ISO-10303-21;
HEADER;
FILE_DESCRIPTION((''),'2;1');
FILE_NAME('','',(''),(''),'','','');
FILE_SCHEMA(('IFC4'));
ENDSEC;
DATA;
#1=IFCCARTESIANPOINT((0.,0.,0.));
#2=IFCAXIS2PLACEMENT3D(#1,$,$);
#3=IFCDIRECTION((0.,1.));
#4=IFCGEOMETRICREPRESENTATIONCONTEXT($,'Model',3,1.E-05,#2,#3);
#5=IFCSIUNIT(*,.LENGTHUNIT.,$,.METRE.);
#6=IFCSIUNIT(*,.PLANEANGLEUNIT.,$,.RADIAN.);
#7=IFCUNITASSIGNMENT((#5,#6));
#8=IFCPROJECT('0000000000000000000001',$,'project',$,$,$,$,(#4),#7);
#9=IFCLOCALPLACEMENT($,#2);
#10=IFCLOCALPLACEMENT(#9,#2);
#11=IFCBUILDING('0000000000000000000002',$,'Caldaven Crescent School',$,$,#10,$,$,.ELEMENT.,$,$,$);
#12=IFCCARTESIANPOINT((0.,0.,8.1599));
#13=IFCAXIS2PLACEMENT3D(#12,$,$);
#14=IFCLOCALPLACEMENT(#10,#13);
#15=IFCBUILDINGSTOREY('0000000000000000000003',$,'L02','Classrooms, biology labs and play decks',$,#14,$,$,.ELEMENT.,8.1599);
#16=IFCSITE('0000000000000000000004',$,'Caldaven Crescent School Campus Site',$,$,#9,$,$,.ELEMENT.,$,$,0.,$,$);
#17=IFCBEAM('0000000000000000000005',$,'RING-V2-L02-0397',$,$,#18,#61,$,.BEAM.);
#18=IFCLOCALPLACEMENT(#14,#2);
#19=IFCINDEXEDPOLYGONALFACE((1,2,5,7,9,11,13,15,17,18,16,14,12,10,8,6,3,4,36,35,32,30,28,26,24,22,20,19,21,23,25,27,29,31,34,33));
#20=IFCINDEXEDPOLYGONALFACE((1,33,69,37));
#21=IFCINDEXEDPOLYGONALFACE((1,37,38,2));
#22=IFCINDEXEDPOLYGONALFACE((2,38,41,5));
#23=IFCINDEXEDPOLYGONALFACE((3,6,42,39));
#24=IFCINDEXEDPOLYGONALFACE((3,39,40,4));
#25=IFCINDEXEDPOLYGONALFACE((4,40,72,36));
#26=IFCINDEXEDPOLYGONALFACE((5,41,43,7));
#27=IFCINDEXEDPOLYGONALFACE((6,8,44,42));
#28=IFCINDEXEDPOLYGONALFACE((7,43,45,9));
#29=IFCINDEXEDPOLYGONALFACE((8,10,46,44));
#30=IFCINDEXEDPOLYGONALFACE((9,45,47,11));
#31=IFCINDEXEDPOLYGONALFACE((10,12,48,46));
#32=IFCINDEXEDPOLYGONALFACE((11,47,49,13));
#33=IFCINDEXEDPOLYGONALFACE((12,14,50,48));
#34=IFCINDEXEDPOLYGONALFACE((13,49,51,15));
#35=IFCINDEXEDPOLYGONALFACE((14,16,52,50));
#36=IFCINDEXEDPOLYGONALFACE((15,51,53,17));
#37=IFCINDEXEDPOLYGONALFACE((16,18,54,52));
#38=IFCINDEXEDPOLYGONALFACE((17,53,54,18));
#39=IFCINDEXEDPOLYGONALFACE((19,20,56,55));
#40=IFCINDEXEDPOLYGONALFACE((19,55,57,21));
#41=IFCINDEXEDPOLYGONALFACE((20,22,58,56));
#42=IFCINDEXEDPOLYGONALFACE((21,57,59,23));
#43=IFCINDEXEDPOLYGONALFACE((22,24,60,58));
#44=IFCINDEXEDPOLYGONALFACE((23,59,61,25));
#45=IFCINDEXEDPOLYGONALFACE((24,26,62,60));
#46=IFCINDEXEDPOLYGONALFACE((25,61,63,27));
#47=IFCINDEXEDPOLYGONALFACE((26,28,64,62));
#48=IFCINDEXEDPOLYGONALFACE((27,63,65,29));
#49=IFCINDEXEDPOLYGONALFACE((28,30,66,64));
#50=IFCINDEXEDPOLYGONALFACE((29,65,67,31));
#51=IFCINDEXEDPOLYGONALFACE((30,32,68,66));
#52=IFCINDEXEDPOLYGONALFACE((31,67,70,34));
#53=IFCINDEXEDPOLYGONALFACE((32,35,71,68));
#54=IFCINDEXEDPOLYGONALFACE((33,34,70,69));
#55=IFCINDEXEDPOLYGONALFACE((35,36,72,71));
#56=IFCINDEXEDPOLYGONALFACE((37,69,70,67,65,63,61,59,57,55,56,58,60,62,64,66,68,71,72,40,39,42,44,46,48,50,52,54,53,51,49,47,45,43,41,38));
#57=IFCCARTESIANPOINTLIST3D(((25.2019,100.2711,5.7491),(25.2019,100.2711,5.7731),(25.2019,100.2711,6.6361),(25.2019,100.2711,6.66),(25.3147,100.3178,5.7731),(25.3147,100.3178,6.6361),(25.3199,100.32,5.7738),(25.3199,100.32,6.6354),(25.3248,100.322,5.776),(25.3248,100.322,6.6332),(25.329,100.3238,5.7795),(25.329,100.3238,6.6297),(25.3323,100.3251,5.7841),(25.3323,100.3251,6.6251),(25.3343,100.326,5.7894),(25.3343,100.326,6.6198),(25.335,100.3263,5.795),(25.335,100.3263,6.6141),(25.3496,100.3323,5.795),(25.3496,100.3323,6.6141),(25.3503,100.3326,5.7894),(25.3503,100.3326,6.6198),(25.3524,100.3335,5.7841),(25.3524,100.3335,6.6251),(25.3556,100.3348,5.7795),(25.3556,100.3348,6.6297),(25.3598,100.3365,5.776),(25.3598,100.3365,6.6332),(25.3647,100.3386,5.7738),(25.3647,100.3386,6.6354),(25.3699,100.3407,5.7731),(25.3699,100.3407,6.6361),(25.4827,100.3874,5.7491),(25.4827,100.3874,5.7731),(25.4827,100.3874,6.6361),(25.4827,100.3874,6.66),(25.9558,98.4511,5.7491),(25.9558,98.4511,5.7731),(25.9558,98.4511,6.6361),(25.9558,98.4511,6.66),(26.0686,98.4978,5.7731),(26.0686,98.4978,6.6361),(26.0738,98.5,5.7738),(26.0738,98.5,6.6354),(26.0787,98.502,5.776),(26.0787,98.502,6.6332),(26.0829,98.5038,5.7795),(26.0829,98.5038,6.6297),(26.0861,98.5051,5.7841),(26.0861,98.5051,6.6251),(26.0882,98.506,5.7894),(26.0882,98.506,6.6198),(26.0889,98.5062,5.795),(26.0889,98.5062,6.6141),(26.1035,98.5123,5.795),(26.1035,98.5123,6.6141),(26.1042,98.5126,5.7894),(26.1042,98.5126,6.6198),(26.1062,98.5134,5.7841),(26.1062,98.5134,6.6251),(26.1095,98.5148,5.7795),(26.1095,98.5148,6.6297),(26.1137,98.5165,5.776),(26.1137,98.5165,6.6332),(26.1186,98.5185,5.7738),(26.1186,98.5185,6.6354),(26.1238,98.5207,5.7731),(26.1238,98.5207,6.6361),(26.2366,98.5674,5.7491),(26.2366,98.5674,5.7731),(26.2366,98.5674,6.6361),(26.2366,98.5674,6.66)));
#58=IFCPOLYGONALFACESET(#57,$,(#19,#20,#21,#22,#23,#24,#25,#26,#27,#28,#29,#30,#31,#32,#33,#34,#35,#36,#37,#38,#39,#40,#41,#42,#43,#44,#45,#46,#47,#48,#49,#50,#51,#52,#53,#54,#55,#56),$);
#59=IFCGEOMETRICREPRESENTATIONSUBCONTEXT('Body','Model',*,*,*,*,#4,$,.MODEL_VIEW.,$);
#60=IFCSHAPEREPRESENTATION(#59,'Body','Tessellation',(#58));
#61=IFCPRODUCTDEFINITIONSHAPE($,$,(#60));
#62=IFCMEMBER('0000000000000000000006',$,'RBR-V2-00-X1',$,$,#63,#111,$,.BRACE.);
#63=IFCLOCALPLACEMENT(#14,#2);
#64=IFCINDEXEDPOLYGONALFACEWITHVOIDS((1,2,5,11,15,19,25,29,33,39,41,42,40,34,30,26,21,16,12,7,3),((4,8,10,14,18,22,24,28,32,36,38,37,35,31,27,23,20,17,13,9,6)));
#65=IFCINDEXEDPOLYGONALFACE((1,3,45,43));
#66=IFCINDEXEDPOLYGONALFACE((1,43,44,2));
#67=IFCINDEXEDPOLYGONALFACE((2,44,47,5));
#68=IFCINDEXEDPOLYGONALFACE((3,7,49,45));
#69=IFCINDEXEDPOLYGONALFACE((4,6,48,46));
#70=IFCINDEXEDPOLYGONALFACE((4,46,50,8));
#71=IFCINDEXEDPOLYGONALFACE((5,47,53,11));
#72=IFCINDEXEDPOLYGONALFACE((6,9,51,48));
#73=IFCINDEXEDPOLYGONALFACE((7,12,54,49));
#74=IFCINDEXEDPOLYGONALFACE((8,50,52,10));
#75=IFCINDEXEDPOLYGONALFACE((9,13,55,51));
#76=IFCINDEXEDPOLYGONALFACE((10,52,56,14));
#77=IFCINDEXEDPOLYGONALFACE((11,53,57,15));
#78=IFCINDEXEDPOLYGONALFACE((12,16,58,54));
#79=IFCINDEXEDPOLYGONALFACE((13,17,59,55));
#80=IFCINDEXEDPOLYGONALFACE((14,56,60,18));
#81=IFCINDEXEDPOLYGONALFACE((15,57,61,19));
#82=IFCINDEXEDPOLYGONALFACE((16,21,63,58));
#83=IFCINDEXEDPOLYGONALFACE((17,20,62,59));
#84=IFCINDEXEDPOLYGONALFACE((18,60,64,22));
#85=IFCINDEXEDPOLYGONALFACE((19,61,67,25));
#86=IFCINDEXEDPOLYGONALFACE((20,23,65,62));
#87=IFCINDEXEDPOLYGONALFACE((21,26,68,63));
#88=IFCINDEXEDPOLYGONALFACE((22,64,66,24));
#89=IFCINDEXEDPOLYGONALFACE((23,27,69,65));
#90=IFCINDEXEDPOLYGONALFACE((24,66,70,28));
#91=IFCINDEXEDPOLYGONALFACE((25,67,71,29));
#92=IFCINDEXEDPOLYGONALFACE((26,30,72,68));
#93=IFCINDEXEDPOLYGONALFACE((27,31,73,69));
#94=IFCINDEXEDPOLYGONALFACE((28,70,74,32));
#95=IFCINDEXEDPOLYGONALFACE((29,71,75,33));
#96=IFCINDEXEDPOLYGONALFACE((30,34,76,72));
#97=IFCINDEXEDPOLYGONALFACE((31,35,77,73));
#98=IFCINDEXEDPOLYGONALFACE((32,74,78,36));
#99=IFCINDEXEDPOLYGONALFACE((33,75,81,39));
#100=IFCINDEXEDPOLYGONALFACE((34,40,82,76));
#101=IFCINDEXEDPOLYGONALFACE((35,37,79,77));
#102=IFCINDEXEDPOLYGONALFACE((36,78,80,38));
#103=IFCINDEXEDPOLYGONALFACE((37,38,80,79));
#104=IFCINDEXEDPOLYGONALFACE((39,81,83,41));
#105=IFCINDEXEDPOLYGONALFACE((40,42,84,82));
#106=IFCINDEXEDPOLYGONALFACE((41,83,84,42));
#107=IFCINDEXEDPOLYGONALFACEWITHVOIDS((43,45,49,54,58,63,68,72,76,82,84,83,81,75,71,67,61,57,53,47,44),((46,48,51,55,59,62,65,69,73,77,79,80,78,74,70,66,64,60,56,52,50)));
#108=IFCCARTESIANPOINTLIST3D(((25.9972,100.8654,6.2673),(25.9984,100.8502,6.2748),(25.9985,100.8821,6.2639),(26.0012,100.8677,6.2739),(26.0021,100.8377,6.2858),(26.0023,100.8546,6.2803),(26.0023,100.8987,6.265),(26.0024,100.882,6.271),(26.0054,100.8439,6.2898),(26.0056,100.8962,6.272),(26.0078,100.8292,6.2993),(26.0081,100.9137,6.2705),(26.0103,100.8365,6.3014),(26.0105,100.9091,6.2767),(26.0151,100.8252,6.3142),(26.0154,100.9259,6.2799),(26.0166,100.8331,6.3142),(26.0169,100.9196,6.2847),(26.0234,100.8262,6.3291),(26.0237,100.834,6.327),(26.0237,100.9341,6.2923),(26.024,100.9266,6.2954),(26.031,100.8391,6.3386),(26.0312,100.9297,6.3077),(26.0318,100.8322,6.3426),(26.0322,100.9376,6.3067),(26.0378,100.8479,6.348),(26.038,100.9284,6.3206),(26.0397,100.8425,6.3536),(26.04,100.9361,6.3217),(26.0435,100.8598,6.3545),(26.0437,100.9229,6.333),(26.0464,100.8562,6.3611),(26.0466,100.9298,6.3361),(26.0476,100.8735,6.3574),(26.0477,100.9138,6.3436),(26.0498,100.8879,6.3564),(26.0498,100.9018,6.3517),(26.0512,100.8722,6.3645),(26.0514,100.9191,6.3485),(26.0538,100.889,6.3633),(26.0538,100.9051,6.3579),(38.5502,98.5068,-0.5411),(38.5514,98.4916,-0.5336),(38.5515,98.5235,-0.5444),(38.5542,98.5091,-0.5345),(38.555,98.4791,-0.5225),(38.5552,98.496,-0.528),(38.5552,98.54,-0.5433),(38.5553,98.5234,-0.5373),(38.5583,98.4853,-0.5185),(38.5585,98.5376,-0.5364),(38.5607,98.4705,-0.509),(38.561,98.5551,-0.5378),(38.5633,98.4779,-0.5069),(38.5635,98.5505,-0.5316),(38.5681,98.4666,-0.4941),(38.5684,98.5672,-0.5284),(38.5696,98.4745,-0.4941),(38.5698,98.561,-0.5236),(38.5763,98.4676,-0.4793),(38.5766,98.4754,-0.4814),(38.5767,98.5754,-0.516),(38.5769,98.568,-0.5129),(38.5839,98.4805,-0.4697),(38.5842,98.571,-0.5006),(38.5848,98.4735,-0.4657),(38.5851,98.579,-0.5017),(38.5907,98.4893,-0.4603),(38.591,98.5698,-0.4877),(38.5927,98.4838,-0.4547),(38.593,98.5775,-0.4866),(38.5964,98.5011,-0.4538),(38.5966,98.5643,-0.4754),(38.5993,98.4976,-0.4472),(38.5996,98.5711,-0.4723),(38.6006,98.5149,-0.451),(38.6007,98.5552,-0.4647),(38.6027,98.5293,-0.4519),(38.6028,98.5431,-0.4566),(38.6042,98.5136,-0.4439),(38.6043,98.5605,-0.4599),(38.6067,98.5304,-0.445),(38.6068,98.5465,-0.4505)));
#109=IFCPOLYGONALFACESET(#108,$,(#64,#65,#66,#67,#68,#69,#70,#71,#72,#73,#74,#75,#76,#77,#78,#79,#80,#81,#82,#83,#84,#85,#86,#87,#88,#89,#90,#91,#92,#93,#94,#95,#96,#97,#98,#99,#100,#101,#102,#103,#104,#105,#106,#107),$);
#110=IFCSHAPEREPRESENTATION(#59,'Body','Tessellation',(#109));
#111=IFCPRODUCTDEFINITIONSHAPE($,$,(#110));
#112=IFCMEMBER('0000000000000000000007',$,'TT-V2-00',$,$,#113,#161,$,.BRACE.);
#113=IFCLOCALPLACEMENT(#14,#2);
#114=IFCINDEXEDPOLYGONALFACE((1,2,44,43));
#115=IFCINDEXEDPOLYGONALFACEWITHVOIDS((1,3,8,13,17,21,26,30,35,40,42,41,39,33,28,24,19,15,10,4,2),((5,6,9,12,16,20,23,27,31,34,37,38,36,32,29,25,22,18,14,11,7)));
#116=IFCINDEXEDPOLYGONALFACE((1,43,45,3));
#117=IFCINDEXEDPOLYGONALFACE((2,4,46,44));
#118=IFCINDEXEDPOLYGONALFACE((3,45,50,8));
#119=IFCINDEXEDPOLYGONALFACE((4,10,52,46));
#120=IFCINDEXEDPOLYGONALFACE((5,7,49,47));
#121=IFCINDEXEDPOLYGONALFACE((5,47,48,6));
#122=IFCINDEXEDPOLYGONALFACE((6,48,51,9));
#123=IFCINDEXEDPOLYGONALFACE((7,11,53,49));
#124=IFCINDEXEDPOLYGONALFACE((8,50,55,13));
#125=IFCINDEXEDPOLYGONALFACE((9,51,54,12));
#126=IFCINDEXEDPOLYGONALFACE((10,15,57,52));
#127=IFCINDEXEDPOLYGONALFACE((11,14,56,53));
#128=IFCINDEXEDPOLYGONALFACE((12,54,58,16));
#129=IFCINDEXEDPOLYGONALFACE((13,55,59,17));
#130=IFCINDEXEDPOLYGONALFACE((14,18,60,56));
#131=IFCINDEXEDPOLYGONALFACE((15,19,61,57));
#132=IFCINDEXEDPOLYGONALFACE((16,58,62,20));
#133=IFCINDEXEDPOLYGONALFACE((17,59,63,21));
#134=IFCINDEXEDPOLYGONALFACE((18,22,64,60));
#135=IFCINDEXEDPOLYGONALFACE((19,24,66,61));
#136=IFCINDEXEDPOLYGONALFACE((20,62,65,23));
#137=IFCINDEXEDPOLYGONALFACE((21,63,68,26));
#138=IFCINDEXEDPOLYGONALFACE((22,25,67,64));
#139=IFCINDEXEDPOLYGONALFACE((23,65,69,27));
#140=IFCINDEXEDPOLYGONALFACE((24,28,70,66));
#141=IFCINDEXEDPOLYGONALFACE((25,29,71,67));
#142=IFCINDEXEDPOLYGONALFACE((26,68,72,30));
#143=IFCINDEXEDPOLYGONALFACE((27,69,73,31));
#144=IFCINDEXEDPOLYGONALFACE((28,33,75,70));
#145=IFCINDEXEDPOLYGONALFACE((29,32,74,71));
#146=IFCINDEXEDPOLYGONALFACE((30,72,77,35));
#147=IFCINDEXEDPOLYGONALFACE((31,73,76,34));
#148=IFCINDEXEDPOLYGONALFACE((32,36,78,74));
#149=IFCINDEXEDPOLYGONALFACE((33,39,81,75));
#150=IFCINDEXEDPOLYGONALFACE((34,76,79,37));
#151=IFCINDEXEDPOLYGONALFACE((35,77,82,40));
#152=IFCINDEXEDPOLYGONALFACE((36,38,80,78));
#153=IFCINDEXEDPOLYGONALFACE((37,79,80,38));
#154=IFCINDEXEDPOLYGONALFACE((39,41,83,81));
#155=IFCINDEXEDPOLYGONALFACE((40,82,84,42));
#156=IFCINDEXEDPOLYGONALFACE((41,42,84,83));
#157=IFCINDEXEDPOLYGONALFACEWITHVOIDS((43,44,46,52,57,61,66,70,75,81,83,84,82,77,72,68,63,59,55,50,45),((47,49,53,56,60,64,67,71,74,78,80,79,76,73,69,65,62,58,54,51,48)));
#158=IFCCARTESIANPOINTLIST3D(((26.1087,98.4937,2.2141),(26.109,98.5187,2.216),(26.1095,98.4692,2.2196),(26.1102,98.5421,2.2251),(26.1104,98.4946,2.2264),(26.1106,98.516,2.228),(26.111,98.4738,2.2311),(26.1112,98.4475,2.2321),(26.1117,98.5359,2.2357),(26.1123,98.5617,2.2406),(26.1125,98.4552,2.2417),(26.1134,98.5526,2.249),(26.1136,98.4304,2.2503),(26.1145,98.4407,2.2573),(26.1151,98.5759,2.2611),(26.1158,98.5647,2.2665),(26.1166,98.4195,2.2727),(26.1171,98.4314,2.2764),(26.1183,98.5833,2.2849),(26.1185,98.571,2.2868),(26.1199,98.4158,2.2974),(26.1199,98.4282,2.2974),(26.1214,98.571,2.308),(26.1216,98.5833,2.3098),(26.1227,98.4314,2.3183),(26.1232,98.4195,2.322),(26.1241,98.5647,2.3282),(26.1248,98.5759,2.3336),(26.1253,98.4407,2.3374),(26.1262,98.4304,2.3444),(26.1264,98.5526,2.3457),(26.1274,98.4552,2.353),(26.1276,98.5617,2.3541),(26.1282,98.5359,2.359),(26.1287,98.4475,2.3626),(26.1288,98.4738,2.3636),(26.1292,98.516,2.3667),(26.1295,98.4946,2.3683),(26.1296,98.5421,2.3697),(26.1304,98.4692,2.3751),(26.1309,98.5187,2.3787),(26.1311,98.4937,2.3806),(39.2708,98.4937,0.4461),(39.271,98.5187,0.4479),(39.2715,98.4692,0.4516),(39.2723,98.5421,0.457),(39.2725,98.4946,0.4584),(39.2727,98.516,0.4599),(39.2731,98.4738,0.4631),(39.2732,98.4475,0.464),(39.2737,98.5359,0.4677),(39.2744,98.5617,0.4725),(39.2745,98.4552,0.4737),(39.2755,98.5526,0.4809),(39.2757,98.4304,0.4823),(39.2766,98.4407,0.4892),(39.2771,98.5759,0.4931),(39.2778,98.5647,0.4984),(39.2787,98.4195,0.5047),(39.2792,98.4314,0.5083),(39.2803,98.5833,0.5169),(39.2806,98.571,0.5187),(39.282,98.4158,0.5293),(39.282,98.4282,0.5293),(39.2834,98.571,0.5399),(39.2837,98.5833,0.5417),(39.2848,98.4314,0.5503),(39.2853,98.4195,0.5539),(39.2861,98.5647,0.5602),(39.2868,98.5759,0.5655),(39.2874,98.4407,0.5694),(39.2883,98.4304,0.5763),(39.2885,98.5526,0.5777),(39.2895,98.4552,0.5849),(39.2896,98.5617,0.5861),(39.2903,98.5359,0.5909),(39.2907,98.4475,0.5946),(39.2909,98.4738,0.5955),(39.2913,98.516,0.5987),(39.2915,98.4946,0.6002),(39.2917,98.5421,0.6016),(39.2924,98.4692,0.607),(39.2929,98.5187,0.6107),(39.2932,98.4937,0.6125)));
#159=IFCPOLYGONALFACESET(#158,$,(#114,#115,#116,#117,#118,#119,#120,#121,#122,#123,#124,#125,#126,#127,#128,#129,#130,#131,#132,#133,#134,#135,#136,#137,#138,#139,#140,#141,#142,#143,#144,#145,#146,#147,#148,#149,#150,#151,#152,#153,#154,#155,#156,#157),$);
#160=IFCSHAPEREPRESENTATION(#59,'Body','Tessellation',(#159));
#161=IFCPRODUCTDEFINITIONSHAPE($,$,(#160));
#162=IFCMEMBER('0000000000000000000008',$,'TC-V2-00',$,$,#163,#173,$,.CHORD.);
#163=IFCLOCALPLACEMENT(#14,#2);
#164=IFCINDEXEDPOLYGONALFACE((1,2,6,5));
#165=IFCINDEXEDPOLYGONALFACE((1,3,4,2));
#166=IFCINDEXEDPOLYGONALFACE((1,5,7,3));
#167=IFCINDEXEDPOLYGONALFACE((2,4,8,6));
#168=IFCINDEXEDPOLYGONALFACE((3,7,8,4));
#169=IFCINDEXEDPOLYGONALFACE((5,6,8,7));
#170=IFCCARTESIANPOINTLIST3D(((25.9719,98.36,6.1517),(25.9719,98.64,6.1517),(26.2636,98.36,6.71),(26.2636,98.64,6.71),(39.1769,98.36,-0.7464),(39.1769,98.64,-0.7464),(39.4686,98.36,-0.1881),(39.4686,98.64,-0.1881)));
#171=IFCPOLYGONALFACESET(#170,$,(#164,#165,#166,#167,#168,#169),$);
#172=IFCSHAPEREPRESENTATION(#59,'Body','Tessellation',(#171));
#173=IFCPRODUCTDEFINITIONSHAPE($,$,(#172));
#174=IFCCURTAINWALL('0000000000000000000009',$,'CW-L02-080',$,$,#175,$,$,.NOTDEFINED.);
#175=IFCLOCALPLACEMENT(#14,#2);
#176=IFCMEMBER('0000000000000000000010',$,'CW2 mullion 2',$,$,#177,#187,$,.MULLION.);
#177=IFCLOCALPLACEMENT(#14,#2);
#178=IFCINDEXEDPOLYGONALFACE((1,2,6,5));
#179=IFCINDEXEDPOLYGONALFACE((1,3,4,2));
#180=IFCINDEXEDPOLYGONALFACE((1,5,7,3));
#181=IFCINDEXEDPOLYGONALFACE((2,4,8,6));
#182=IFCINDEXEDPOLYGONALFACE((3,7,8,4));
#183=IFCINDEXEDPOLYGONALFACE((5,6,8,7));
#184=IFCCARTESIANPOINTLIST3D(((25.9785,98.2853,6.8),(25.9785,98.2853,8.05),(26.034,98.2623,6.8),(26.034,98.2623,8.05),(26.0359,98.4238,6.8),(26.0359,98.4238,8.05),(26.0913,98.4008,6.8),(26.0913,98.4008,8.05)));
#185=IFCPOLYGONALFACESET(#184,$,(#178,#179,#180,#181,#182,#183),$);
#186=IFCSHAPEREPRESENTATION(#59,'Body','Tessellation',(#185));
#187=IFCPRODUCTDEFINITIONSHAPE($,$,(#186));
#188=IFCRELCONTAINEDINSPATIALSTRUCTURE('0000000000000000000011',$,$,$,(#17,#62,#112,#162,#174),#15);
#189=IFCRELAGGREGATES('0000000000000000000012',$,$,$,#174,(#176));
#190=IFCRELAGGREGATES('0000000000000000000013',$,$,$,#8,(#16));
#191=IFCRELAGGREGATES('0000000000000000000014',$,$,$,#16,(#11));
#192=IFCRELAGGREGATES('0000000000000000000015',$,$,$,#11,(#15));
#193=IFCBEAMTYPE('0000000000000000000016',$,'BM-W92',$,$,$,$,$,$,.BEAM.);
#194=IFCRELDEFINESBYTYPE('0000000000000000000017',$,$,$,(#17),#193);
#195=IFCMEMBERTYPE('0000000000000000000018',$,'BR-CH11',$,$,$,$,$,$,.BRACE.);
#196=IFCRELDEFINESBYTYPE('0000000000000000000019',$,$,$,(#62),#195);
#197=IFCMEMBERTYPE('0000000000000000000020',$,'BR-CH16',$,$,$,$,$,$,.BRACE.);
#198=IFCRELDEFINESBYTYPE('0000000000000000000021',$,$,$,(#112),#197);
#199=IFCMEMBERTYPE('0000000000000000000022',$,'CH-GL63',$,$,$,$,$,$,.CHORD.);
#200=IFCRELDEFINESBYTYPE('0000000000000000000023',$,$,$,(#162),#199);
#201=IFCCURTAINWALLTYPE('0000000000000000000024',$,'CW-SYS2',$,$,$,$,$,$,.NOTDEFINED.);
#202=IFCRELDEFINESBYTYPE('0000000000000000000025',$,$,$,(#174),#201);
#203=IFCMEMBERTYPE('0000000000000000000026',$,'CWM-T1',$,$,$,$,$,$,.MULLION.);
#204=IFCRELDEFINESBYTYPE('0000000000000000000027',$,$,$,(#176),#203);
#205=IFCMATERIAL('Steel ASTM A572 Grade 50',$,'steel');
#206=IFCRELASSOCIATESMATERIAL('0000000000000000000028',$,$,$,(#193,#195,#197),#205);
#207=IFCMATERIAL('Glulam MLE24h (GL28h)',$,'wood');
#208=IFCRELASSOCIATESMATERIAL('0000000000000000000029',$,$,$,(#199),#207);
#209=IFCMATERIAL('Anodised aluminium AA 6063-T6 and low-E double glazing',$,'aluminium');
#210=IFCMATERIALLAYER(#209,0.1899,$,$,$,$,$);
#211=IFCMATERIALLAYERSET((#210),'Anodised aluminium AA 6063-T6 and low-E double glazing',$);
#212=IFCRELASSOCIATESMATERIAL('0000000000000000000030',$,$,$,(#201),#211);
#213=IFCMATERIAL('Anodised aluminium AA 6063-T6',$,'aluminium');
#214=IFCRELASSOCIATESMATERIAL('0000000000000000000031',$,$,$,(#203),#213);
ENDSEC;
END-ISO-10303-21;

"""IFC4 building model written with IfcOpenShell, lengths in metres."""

from ifc_helpers import new_model, si_unit, direction, frame, origin, origin_2d, place, context, subcontext, project, spatial, rectangle, hollow_circle, i_section, extrude, material, layer, layer_set, material_profile, profile_set, type_object, element, aggregate, save


model = new_model("IFC4")

# Units and contexts
model_context = context("Model", 3, precision=1e-05, world=origin(), true_north=direction((0.0, 1.0)))
body_context = subcontext(model_context, "Body", "Model", "MODEL_VIEW")
ifc_project = project(units=[si_unit("LENGTHUNIT", "METRE"), si_unit("PLANEANGLEUNIT", "RADIAN")], contexts=[model_context])

# Site, building, storey
site_placement = place(None, origin())
site = spatial("IfcSite", under=ifc_project, at=site_placement, Name="Caldaven Crescent School Campus Site", CompositionType="ELEMENT", RefElevation=0.0)
building_placement = place(site_placement, origin())
building = spatial("IfcBuilding", under=site, at=building_placement, Name="Caldaven Crescent School", CompositionType="ELEMENT")
storey_placement = place(building_placement, frame((0.0, 0.0, 8.1599)))
storey = spatial("IfcBuildingStorey", under=building, at=storey_placement, Name="L02", Description="Classrooms, biology labs and play decks", CompositionType="ELEMENT", Elevation=8.1599)

# Shared definitions
ifc_material_1 = material(Name="Steel ASTM A572 Grade 50", Category="steel")

# Beam
ifc_material_2 = material(Name="Glulam MLE24h (GL28h)", Category="wood")
ifc_material_profile_1 = material_profile(ifc_material_1, i_section(OverallWidth=0.304, OverallDepth=0.9109, WebThickness=0.0159, FlangeThickness=0.0239, FilletRadius=0.022, at=origin_2d()), Name="W920x223")
ifc_profile_set_1 = profile_set([ifc_material_profile_1], Name="Steel ASTM A572 Grade 50")
beam_type_1 = type_object("IfcBeamType", Name="BM-W92", PredefinedType="BEAM", material=ifc_profile_set_1)
beam_1_placement = place(storey_placement, frame((26.0962, 98.5093, 6.2046), z_axis=(-0.382687, 0.923878, 0.0), x_axis=(-0.923878, -0.382687, 0.0)))
element("IfcBeam", 1, at=beam_1_placement, inside=storey, type_object=beam_type_1, Name="RING-V2-L02-0397", PredefinedType="BEAM", context=body_context, shape_type="SweptSolid", body=[
    extrude(i_section(OverallWidth=0.304, OverallDepth=0.9109, WebThickness=0.0159, FlangeThickness=0.0239, FilletRadius=0.022, at=origin_2d()), origin(), (0.0, 0.0, 1.0), 1.97),
])

# Members
ifc_material_profile_2 = material_profile(ifc_material_1, hollow_circle(Radius=0.0571, WallThickness=0.0081, at=origin_2d()), Name="CHS 114.3x8.0")
ifc_profile_set_2 = profile_set([ifc_material_profile_2], Name="Steel ASTM A572 Grade 50")
member_type_1 = type_object("IfcMemberType", Name="BR-CH11", PredefinedType="BRACE", material=ifc_profile_set_2)
member_1_placement = place(storey_placement, frame((38.5786, 98.5227, -0.4941), z_axis=(-0.867283, 0.162958, 0.470388), x_axis=(-0.184664, -0.982802, 0.0)))
element("IfcMember", 2, at=member_1_placement, inside=storey, type_object=member_type_1, Name="RBR-V2-00-X1", PredefinedType="BRACE", context=body_context, shape_type="SweptSolid", body=[
    extrude(hollow_circle(Radius=0.0571, WallThickness=0.0081, at=origin_2d()), origin(), (0.0, 0.0, 1.0), 14.4739),
])
ifc_material_profile_3 = material_profile(ifc_material_1, hollow_circle(Radius=0.0842, WallThickness=0.0125, at=origin_2d()), Name="CHS 168.3x12.5")
ifc_profile_set_3 = profile_set([ifc_material_profile_3], Name="Steel ASTM A572 Grade 50")
member_type_2 = type_object("IfcMemberType", Name="BR-CH16", PredefinedType="BRACE", material=ifc_profile_set_3)
member_2_placement = place(storey_placement, frame((39.282, 98.5, 0.5293), z_axis=(-0.991098, 0.0, 0.133134), x_axis=(0.0, -1.0, 0.0)))
element("IfcMember", 3, at=member_2_placement, inside=storey, type_object=member_type_2, Name="TT-V2-00", PredefinedType="BRACE", context=body_context, shape_type="SweptSolid", body=[
    extrude(hollow_circle(Radius=0.0842, WallThickness=0.0125, at=origin_2d()), origin(), (0.0, 0.0, 1.0), 13.2803),
])
ifc_material_profile_4 = material_profile(ifc_material_2, rectangle(XDim=0.28, YDim=0.6299, at=origin_2d()), Name="MLE 280x630")
ifc_profile_set_4 = profile_set([ifc_material_profile_4], Name="Glulam MLE24h (GL28h)")
member_type_3 = type_object("IfcMemberType", Name="CH-GL63", PredefinedType="CHORD", material=ifc_profile_set_4)
member_3_placement = place(storey_placement, frame((39.3228, 98.5, -0.4673), z_axis=(-0.886348, 0.0, 0.463019), x_axis=(0.0, -1.0, 0.0)))
element("IfcMember", 4, at=member_3_placement, inside=storey, type_object=member_type_3, Name="TC-V2-00", PredefinedType="CHORD", context=body_context, shape_type="SweptSolid", body=[
    extrude(rectangle(XDim=0.28, YDim=0.6299, at=origin_2d()), origin(), (0.0, 0.0, 1.0), 14.8982),
])

# Curtain wall, member
ifc_material_3 = material(Name="Anodised aluminium AA 6063-T6 and low-E double glazing", Category="aluminium")
ifc_layer_1 = layer(ifc_material_3, 0.1899)
ifc_layer_set_1 = layer_set([ifc_layer_1], Name="Anodised aluminium AA 6063-T6 and low-E double glazing")
curtain_wall_type_1 = type_object("IfcCurtainWallType", Name="CW-SYS2", PredefinedType="NOTDEFINED", material=ifc_layer_set_1)
curtain_wall_1_placement = place(storey_placement, origin())
curtain_wall_1 = element("IfcCurtainWall", 5, at=curtain_wall_1_placement, inside=storey, type_object=curtain_wall_type_1, Name="CW-L02-080", PredefinedType="NOTDEFINED")
ifc_material_4 = material(Name="Anodised aluminium AA 6063-T6", Category="aluminium")
ifc_material_profile_5 = material_profile(ifc_material_4, rectangle(XDim=0.0601, YDim=0.1499, at=origin_2d()), Name="CWM 60x150")
ifc_profile_set_5 = profile_set([ifc_material_profile_5], Name="Anodised aluminium AA 6063-T6")
member_type_4 = type_object("IfcMemberType", Name="CWM-T1", PredefinedType="MULLION", material=ifc_profile_set_5)
member_4_placement = place(storey_placement, frame((26.0349, 98.343, 6.8), z_axis=(0.0, 0.0, 1.0), x_axis=(-0.92388, 0.382683, 0.0)))
member_4 = element("IfcMember", 6, at=member_4_placement, type_object=member_type_4, Name="CW2 mullion 2", PredefinedType="MULLION", context=body_context, shape_type="SweptSolid", body=[
    extrude(rectangle(XDim=0.0601, YDim=0.1499, at=origin_2d()), origin(), (0.0, 0.0, 1.0), 1.25),
])
aggregate(curtain_wall_1, [member_4])

save(model, "model.ifc")
